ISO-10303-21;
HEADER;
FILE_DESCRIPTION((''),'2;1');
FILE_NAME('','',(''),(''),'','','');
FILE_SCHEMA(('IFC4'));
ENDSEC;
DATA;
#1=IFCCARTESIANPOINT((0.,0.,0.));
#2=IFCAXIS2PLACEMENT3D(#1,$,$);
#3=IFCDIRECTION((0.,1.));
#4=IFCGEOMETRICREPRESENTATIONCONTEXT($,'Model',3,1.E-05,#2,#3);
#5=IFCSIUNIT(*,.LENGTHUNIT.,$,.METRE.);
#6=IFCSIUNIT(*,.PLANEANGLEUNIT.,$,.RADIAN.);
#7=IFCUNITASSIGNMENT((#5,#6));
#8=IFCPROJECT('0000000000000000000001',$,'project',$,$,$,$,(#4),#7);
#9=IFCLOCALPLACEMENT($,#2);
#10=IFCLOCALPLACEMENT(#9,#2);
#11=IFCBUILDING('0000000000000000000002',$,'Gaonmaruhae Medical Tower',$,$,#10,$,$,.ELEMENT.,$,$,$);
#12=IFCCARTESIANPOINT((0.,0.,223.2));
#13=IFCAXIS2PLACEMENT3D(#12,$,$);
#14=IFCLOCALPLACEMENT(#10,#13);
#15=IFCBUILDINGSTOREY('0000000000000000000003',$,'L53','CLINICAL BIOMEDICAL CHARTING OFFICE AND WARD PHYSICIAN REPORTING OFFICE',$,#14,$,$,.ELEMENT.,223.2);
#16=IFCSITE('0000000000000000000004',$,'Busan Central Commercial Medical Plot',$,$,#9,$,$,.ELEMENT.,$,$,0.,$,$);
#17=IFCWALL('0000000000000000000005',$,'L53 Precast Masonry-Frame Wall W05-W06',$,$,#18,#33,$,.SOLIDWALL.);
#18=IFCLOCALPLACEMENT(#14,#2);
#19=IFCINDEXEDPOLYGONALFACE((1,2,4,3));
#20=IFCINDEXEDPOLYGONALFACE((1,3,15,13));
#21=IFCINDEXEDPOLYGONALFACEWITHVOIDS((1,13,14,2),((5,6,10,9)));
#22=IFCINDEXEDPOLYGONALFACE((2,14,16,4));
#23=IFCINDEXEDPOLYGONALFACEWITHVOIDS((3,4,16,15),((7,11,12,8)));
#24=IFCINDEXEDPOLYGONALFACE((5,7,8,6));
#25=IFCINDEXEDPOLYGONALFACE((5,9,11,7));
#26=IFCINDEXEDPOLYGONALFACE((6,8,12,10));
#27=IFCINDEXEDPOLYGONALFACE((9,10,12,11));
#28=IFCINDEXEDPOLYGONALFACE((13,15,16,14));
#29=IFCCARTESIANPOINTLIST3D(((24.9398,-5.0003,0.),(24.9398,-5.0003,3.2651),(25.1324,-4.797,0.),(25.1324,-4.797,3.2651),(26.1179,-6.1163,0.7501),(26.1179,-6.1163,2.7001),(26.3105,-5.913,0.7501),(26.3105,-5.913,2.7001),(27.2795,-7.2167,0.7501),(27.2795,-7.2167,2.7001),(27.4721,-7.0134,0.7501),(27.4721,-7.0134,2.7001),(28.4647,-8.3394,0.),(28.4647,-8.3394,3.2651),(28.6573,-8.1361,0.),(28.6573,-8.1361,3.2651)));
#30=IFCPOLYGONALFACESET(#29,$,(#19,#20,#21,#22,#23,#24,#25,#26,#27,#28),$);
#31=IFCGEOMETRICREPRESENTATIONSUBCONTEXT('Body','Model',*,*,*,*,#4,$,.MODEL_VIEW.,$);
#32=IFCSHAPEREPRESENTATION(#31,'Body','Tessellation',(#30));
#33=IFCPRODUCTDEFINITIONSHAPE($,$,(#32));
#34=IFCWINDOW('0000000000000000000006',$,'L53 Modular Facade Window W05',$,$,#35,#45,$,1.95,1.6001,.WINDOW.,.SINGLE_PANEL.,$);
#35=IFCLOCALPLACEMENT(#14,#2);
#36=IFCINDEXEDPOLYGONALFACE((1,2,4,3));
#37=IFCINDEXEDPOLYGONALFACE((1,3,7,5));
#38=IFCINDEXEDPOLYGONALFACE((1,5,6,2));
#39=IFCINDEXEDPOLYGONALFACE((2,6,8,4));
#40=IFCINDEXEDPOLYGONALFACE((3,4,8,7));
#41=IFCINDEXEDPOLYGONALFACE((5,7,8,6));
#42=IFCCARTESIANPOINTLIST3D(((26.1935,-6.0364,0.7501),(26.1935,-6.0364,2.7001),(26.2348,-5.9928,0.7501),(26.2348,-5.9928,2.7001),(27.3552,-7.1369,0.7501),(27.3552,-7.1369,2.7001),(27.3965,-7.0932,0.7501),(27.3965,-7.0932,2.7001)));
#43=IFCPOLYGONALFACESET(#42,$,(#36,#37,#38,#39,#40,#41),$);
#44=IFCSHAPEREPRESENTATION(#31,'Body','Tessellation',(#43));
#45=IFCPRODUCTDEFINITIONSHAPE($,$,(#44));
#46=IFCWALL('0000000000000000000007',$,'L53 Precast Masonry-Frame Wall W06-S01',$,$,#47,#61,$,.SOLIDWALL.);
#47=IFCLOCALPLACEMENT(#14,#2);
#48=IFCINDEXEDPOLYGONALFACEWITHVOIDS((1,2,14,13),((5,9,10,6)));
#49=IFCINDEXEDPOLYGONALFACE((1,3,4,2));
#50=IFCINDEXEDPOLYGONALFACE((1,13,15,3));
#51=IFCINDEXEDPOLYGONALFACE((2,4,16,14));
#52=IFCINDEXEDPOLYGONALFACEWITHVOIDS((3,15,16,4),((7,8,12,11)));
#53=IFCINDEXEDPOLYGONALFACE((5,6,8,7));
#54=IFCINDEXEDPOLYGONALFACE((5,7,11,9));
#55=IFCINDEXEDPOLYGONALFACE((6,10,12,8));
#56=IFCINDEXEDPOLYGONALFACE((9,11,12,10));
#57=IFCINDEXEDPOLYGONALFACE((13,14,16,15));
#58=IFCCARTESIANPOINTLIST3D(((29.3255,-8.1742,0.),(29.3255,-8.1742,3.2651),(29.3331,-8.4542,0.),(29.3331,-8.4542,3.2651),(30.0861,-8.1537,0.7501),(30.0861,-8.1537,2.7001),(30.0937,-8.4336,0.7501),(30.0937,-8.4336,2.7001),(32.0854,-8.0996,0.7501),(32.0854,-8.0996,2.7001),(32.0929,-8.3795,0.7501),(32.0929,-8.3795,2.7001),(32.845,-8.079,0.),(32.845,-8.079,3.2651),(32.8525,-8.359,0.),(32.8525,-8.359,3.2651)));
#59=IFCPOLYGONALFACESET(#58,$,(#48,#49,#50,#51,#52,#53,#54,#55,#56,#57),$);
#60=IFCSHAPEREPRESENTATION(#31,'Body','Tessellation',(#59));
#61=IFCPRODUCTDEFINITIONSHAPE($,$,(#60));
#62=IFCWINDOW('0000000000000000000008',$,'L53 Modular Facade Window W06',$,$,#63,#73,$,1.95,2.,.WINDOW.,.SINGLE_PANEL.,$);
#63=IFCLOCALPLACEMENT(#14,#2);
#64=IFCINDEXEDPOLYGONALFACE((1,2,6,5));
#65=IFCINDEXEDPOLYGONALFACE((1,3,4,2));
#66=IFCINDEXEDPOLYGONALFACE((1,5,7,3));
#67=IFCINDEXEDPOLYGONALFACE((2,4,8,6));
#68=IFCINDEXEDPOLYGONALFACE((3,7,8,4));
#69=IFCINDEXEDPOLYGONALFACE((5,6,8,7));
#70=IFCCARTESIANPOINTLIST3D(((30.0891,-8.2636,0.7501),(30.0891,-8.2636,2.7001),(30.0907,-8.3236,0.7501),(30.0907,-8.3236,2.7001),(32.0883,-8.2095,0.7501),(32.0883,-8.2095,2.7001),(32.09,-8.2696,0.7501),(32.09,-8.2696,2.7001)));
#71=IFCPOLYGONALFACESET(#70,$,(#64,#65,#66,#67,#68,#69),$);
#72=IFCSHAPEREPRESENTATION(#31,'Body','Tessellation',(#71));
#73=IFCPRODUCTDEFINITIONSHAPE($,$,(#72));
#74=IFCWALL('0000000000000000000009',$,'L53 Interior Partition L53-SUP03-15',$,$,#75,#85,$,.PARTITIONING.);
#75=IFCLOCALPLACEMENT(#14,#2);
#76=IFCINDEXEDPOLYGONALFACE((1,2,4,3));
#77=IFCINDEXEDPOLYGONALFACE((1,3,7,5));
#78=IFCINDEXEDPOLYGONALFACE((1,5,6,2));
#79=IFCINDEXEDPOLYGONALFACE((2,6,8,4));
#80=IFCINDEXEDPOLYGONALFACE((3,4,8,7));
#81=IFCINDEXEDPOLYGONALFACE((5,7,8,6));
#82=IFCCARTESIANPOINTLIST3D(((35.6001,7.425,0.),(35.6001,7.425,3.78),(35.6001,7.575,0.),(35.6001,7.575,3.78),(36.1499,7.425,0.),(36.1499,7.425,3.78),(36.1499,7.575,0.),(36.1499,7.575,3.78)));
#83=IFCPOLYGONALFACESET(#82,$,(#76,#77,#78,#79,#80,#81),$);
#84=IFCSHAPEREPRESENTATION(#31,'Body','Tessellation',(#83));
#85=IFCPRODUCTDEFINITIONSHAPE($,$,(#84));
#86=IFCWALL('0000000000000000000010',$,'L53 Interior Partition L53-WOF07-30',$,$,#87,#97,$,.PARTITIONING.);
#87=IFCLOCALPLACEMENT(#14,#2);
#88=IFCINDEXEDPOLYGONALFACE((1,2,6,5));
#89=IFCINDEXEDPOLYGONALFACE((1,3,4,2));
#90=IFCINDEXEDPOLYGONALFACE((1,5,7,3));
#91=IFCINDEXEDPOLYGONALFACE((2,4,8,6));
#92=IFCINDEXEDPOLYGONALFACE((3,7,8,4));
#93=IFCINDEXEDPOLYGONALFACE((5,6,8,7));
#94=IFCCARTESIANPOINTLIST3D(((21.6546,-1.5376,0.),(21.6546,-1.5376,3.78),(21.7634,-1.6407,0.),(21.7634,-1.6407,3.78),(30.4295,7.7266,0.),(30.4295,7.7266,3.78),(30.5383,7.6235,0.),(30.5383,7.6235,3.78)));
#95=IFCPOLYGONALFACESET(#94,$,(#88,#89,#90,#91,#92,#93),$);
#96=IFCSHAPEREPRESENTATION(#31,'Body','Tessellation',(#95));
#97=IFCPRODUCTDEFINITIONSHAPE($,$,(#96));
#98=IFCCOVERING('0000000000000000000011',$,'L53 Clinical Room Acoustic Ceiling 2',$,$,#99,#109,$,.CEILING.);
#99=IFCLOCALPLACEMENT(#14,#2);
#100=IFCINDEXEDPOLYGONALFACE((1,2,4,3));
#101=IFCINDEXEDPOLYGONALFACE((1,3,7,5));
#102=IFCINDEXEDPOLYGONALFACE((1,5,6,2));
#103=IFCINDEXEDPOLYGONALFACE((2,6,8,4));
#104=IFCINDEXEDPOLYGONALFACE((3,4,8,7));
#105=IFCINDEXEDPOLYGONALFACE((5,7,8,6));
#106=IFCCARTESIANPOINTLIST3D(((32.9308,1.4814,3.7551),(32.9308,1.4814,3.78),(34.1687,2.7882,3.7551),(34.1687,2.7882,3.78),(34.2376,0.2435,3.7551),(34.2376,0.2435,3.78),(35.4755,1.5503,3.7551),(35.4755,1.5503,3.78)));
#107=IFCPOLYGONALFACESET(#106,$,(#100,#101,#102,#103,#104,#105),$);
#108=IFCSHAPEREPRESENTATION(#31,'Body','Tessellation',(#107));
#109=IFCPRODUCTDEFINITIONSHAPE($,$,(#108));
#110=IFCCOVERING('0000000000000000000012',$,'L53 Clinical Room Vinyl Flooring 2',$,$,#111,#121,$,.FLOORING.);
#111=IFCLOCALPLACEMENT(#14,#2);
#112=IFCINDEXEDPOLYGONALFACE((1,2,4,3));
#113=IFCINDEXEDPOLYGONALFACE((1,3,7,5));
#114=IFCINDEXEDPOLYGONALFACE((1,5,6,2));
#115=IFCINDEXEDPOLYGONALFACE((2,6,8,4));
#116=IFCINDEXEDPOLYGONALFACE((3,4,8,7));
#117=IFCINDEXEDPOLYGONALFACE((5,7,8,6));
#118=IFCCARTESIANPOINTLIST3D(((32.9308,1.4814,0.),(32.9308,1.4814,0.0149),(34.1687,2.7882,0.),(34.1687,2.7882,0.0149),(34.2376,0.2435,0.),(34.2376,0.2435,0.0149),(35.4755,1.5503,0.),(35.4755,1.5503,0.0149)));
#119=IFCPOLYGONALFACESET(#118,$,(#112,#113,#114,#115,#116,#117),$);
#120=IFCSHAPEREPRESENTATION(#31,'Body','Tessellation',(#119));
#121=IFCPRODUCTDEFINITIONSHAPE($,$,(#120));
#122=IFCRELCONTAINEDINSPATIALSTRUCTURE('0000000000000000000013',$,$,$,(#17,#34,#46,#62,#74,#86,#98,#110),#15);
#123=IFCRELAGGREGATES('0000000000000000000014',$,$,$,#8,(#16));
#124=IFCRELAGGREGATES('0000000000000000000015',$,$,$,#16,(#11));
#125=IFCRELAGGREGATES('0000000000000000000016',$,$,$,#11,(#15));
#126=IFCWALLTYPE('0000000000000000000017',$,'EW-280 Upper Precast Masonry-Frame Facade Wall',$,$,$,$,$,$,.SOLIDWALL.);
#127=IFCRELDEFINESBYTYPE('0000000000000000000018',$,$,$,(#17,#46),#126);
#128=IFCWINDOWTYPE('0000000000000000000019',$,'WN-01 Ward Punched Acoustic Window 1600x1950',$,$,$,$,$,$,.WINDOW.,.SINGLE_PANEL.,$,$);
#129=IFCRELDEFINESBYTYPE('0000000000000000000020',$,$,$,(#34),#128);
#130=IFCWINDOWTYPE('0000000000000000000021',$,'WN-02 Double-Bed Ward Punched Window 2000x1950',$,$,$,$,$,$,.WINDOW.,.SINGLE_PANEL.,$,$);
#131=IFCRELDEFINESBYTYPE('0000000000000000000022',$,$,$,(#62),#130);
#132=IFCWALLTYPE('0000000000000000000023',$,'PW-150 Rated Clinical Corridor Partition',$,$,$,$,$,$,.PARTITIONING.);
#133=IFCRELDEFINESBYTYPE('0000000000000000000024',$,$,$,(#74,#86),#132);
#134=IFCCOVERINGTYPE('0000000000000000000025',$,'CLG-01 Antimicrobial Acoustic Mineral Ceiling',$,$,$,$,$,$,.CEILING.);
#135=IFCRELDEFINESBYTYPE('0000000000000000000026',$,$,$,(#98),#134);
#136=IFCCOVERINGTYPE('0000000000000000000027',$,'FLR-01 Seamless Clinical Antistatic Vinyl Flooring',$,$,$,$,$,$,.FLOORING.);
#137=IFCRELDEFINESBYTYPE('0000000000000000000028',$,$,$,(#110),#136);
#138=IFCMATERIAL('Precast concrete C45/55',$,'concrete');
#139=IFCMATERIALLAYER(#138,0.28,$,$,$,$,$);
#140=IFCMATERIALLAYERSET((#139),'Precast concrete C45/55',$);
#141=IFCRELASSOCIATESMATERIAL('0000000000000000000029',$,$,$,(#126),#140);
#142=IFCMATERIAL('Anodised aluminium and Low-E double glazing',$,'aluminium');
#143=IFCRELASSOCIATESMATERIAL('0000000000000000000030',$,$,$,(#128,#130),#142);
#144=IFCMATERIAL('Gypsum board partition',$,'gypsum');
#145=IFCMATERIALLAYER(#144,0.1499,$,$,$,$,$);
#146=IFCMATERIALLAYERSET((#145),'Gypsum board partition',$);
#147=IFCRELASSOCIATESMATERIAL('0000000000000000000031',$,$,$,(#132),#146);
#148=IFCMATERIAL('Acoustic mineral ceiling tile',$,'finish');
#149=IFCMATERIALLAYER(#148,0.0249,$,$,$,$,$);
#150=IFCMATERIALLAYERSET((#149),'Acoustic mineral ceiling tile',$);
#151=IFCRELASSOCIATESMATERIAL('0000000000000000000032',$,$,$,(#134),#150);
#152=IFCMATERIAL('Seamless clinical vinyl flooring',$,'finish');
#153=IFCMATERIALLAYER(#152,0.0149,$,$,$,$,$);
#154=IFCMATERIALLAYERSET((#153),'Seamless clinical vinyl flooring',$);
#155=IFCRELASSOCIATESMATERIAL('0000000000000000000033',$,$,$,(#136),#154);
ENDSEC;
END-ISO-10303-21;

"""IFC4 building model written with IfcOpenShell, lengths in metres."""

from ifc_helpers import new_model, si_unit, direction, frame, frame_2d, origin, origin_2d, place, context, subcontext, project, spatial, rectangle, extrude, material, layer, layer_set, type_object, element, fill, save


model = new_model("IFC4")

# Units and contexts
model_context = context("Model", 3, precision=1e-05, world=origin(), true_north=direction((0.0, 1.0)))
body_context = subcontext(model_context, "Body", "Model", "MODEL_VIEW")
ifc_project = project(units=[si_unit("LENGTHUNIT", "METRE"), si_unit("PLANEANGLEUNIT", "RADIAN")], contexts=[model_context])

# Site, building, storey
site_placement = place(None, origin())
site = spatial("IfcSite", under=ifc_project, at=site_placement, Name="Busan Central Commercial Medical Plot", CompositionType="ELEMENT", RefElevation=0.0)
building_placement = place(site_placement, origin())
building = spatial("IfcBuilding", under=site, at=building_placement, Name="Gaonmaruhae Medical Tower", CompositionType="ELEMENT")
storey_placement = place(building_placement, frame((0.0, 0.0, 223.2)))
storey = spatial("IfcBuildingStorey", under=building, at=storey_placement, Name="L53", Description="CLINICAL BIOMEDICAL CHARTING OFFICE AND WARD PHYSICIAN REPORTING OFFICE", CompositionType="ELEMENT", Elevation=223.2)

# Walls, openings, windows
ifc_material_1 = material(Name="Precast concrete C45/55", Category="concrete")
ifc_layer_1 = layer(ifc_material_1, 0.28)
ifc_layer_set_1 = layer_set([ifc_layer_1], Name="Precast concrete C45/55")
wall_type_1 = type_object("IfcWallType", Name="EW-280 Upper Precast Masonry-Frame Facade Wall", PredefinedType="SOLIDWALL", material=ifc_layer_set_1)
wall_1_placement = place(storey_placement, frame((28.561, -8.2378, 0.0), z_axis=(0.0, 0.0, 1.0), x_axis=(-0.72598, 0.687715, 0.0)))
wall_1 = element("IfcWall", 1, at=wall_1_placement, inside=storey, type_object=wall_type_1, Name="L53 Precast Masonry-Frame Wall W05-W06", PredefinedType="SOLIDWALL", context=body_context, shape_type="SweptSolid", body=[
    extrude(rectangle(XDim=4.8555, YDim=0.28, at=frame_2d((2.4277, 0.0))), origin(), (0.0, 0.0, 1.0), 3.2651),
])
opening_1_placement = place(wall_1_placement, frame((1.6326, 0.0, 0.75)))
opening_1 = element("IfcOpeningElement", 2, at=opening_1_placement, cuts=wall_1, PredefinedType="OPENING", context=body_context, shape_type="SweptSolid", body=[
    extrude(rectangle(XDim=1.6001, YDim=1.95, at=frame_2d((0.8, 0.9751))), frame((0.0, 0.1499, 0.0), z_axis=(0.0, -1.0, 0.0), x_axis=(1.0, 0.0, 0.0)), (0.0, 0.0, 1.0), 0.3),
])
ifc_material_2 = material(Name="Anodised aluminium and Low-E double glazing", Category="aluminium")
window_type_1 = type_object("IfcWindowType", Name="WN-01 Ward Punched Acoustic Window 1600x1950", PartitioningType="SINGLE_PANEL", PredefinedType="WINDOW", material=ifc_material_2)
window_1_placement = place(opening_1_placement, origin())
window_1 = element("IfcWindow", 3, at=window_1_placement, inside=storey, type_object=window_type_1, Name="L53 Modular Facade Window W05", OverallHeight=1.95, OverallWidth=1.6001, PartitioningType="SINGLE_PANEL", PredefinedType="WINDOW", context=body_context, shape_type="SweptSolid", body=[
    extrude(rectangle(XDim=1.6001, YDim=1.95, at=frame_2d((0.8, 0.9751))), frame((0.0, 0.03, 0.0), z_axis=(0.0, -1.0, 0.0), x_axis=(1.0, 0.0, 0.0)), (0.0, 0.0, 1.0), 0.0601),
])
fill(opening_1, window_1)
wall_2_placement = place(storey_placement, frame((32.8486, -8.219, 0.0), z_axis=(0.0, 0.0, 1.0), x_axis=(-0.999634, -0.027043, 0.0)))
wall_2 = element("IfcWall", 4, at=wall_2_placement, inside=storey, type_object=wall_type_1, Name="L53 Precast Masonry-Frame Wall W06-S01", PredefinedType="SOLIDWALL", context=body_context, shape_type="SweptSolid", body=[
    extrude(rectangle(XDim=3.5208, YDim=0.28, at=frame_2d((1.7603, 0.0))), origin(), (0.0, 0.0, 1.0), 3.2651),
])
opening_2_placement = place(wall_2_placement, frame((0.7598, 0.0, 0.75)))
opening_2 = element("IfcOpeningElement", 5, at=opening_2_placement, cuts=wall_2, PredefinedType="OPENING", context=body_context, shape_type="SweptSolid", body=[
    extrude(rectangle(XDim=2.0, YDim=1.95, at=frame_2d((1.0, 0.9751))), frame((0.0, 0.1499, 0.0), z_axis=(0.0, -1.0, 0.0), x_axis=(1.0, 0.0, 0.0)), (0.0, 0.0, 1.0), 0.3),
])
window_type_2 = type_object("IfcWindowType", Name="WN-02 Double-Bed Ward Punched Window 2000x1950", PartitioningType="SINGLE_PANEL", PredefinedType="WINDOW", material=ifc_material_2)
window_2_placement = place(opening_2_placement, origin())
window_2 = element("IfcWindow", 6, at=window_2_placement, inside=storey, type_object=window_type_2, Name="L53 Modular Facade Window W06", OverallHeight=1.95, OverallWidth=2.0, PartitioningType="SINGLE_PANEL", PredefinedType="WINDOW", context=body_context, shape_type="SweptSolid", body=[
    extrude(rectangle(XDim=2.0, YDim=1.95, at=frame_2d((1.0, 0.9751))), frame((0.0, 0.03, 0.0), z_axis=(0.0, -1.0, 0.0), x_axis=(1.0, 0.0, 0.0)), (0.0, 0.0, 1.0), 0.0601),
])
fill(opening_2, window_2)

# Walls
ifc_material_3 = material(Name="Gypsum board partition", Category="gypsum")
ifc_layer_2 = layer(ifc_material_3, 0.1499)
ifc_layer_set_2 = layer_set([ifc_layer_2], Name="Gypsum board partition")
wall_type_2 = type_object("IfcWallType", Name="PW-150 Rated Clinical Corridor Partition", PredefinedType="PARTITIONING", material=ifc_layer_set_2)
wall_3_placement = place(storey_placement, frame((35.6001, 7.5, 0.0), z_axis=(0.0, 0.0, 1.0), x_axis=(1.0, 0.0, 0.0)))
element("IfcWall", 7, at=wall_3_placement, inside=storey, type_object=wall_type_2, Name="L53 Interior Partition L53-SUP03-15", PredefinedType="PARTITIONING", context=body_context, shape_type="SweptSolid", body=[
    extrude(rectangle(XDim=0.5498, YDim=0.1499, at=frame_2d((0.2749, 0.0))), origin(), (0.0, 0.0, 1.0), 3.78),
])
wall_4_placement = place(storey_placement, frame((30.4839, 7.675, 0.0), z_axis=(0.0, 0.0, 1.0), x_axis=(-0.687676, -0.726018, 0.0)))
element("IfcWall", 8, at=wall_4_placement, inside=storey, type_object=wall_type_2, Name="L53 Interior Partition L53-WOF07-30", PredefinedType="PARTITIONING", context=body_context, shape_type="SweptSolid", body=[
    extrude(rectangle(XDim=12.7603, YDim=0.1499, at=frame_2d((6.3801, 0.0))), origin(), (0.0, 0.0, 1.0), 3.78),
])

# Coverings
ifc_material_4 = material(Name="Acoustic mineral ceiling tile", Category="finish")
ifc_layer_3 = layer(ifc_material_4, 0.0249)
ifc_layer_set_3 = layer_set([ifc_layer_3], Name="Acoustic mineral ceiling tile")
covering_type_1 = type_object("IfcCoveringType", Name="CLG-01 Antimicrobial Acoustic Mineral Ceiling", PredefinedType="CEILING", material=ifc_layer_set_3)
covering_1_placement = place(storey_placement, frame((34.2031, 1.5159, 3.7551), z_axis=(0.0, 0.0, 1.0), x_axis=(0.687721, 0.725975, 0.0)))
element("IfcCovering", 9, at=covering_1_placement, inside=storey, type_object=covering_type_1, Name="L53 Clinical Room Acoustic Ceiling 2", PredefinedType="CEILING", context=body_context, shape_type="SweptSolid", body=[
    extrude(rectangle(XDim=1.8, YDim=1.8, at=origin_2d()), origin(), (0.0, 0.0, 1.0), 0.0249),
])
ifc_material_5 = material(Name="Seamless clinical vinyl flooring", Category="finish")
ifc_layer_4 = layer(ifc_material_5, 0.0149)
ifc_layer_set_4 = layer_set([ifc_layer_4], Name="Seamless clinical vinyl flooring")
covering_type_2 = type_object("IfcCoveringType", Name="FLR-01 Seamless Clinical Antistatic Vinyl Flooring", PredefinedType="FLOORING", material=ifc_layer_set_4)
covering_2_placement = place(storey_placement, frame((34.2031, 1.5159, 0.0), z_axis=(0.0, 0.0, 1.0), x_axis=(0.687721, 0.725975, 0.0)))
element("IfcCovering", 10, at=covering_2_placement, inside=storey, type_object=covering_type_2, Name="L53 Clinical Room Vinyl Flooring 2", PredefinedType="FLOORING", context=body_context, shape_type="SweptSolid", body=[
    extrude(rectangle(XDim=1.8, YDim=1.8, at=origin_2d()), origin(), (0.0, 0.0, 1.0), 0.0149),
])

save(model, "model.ifc")
